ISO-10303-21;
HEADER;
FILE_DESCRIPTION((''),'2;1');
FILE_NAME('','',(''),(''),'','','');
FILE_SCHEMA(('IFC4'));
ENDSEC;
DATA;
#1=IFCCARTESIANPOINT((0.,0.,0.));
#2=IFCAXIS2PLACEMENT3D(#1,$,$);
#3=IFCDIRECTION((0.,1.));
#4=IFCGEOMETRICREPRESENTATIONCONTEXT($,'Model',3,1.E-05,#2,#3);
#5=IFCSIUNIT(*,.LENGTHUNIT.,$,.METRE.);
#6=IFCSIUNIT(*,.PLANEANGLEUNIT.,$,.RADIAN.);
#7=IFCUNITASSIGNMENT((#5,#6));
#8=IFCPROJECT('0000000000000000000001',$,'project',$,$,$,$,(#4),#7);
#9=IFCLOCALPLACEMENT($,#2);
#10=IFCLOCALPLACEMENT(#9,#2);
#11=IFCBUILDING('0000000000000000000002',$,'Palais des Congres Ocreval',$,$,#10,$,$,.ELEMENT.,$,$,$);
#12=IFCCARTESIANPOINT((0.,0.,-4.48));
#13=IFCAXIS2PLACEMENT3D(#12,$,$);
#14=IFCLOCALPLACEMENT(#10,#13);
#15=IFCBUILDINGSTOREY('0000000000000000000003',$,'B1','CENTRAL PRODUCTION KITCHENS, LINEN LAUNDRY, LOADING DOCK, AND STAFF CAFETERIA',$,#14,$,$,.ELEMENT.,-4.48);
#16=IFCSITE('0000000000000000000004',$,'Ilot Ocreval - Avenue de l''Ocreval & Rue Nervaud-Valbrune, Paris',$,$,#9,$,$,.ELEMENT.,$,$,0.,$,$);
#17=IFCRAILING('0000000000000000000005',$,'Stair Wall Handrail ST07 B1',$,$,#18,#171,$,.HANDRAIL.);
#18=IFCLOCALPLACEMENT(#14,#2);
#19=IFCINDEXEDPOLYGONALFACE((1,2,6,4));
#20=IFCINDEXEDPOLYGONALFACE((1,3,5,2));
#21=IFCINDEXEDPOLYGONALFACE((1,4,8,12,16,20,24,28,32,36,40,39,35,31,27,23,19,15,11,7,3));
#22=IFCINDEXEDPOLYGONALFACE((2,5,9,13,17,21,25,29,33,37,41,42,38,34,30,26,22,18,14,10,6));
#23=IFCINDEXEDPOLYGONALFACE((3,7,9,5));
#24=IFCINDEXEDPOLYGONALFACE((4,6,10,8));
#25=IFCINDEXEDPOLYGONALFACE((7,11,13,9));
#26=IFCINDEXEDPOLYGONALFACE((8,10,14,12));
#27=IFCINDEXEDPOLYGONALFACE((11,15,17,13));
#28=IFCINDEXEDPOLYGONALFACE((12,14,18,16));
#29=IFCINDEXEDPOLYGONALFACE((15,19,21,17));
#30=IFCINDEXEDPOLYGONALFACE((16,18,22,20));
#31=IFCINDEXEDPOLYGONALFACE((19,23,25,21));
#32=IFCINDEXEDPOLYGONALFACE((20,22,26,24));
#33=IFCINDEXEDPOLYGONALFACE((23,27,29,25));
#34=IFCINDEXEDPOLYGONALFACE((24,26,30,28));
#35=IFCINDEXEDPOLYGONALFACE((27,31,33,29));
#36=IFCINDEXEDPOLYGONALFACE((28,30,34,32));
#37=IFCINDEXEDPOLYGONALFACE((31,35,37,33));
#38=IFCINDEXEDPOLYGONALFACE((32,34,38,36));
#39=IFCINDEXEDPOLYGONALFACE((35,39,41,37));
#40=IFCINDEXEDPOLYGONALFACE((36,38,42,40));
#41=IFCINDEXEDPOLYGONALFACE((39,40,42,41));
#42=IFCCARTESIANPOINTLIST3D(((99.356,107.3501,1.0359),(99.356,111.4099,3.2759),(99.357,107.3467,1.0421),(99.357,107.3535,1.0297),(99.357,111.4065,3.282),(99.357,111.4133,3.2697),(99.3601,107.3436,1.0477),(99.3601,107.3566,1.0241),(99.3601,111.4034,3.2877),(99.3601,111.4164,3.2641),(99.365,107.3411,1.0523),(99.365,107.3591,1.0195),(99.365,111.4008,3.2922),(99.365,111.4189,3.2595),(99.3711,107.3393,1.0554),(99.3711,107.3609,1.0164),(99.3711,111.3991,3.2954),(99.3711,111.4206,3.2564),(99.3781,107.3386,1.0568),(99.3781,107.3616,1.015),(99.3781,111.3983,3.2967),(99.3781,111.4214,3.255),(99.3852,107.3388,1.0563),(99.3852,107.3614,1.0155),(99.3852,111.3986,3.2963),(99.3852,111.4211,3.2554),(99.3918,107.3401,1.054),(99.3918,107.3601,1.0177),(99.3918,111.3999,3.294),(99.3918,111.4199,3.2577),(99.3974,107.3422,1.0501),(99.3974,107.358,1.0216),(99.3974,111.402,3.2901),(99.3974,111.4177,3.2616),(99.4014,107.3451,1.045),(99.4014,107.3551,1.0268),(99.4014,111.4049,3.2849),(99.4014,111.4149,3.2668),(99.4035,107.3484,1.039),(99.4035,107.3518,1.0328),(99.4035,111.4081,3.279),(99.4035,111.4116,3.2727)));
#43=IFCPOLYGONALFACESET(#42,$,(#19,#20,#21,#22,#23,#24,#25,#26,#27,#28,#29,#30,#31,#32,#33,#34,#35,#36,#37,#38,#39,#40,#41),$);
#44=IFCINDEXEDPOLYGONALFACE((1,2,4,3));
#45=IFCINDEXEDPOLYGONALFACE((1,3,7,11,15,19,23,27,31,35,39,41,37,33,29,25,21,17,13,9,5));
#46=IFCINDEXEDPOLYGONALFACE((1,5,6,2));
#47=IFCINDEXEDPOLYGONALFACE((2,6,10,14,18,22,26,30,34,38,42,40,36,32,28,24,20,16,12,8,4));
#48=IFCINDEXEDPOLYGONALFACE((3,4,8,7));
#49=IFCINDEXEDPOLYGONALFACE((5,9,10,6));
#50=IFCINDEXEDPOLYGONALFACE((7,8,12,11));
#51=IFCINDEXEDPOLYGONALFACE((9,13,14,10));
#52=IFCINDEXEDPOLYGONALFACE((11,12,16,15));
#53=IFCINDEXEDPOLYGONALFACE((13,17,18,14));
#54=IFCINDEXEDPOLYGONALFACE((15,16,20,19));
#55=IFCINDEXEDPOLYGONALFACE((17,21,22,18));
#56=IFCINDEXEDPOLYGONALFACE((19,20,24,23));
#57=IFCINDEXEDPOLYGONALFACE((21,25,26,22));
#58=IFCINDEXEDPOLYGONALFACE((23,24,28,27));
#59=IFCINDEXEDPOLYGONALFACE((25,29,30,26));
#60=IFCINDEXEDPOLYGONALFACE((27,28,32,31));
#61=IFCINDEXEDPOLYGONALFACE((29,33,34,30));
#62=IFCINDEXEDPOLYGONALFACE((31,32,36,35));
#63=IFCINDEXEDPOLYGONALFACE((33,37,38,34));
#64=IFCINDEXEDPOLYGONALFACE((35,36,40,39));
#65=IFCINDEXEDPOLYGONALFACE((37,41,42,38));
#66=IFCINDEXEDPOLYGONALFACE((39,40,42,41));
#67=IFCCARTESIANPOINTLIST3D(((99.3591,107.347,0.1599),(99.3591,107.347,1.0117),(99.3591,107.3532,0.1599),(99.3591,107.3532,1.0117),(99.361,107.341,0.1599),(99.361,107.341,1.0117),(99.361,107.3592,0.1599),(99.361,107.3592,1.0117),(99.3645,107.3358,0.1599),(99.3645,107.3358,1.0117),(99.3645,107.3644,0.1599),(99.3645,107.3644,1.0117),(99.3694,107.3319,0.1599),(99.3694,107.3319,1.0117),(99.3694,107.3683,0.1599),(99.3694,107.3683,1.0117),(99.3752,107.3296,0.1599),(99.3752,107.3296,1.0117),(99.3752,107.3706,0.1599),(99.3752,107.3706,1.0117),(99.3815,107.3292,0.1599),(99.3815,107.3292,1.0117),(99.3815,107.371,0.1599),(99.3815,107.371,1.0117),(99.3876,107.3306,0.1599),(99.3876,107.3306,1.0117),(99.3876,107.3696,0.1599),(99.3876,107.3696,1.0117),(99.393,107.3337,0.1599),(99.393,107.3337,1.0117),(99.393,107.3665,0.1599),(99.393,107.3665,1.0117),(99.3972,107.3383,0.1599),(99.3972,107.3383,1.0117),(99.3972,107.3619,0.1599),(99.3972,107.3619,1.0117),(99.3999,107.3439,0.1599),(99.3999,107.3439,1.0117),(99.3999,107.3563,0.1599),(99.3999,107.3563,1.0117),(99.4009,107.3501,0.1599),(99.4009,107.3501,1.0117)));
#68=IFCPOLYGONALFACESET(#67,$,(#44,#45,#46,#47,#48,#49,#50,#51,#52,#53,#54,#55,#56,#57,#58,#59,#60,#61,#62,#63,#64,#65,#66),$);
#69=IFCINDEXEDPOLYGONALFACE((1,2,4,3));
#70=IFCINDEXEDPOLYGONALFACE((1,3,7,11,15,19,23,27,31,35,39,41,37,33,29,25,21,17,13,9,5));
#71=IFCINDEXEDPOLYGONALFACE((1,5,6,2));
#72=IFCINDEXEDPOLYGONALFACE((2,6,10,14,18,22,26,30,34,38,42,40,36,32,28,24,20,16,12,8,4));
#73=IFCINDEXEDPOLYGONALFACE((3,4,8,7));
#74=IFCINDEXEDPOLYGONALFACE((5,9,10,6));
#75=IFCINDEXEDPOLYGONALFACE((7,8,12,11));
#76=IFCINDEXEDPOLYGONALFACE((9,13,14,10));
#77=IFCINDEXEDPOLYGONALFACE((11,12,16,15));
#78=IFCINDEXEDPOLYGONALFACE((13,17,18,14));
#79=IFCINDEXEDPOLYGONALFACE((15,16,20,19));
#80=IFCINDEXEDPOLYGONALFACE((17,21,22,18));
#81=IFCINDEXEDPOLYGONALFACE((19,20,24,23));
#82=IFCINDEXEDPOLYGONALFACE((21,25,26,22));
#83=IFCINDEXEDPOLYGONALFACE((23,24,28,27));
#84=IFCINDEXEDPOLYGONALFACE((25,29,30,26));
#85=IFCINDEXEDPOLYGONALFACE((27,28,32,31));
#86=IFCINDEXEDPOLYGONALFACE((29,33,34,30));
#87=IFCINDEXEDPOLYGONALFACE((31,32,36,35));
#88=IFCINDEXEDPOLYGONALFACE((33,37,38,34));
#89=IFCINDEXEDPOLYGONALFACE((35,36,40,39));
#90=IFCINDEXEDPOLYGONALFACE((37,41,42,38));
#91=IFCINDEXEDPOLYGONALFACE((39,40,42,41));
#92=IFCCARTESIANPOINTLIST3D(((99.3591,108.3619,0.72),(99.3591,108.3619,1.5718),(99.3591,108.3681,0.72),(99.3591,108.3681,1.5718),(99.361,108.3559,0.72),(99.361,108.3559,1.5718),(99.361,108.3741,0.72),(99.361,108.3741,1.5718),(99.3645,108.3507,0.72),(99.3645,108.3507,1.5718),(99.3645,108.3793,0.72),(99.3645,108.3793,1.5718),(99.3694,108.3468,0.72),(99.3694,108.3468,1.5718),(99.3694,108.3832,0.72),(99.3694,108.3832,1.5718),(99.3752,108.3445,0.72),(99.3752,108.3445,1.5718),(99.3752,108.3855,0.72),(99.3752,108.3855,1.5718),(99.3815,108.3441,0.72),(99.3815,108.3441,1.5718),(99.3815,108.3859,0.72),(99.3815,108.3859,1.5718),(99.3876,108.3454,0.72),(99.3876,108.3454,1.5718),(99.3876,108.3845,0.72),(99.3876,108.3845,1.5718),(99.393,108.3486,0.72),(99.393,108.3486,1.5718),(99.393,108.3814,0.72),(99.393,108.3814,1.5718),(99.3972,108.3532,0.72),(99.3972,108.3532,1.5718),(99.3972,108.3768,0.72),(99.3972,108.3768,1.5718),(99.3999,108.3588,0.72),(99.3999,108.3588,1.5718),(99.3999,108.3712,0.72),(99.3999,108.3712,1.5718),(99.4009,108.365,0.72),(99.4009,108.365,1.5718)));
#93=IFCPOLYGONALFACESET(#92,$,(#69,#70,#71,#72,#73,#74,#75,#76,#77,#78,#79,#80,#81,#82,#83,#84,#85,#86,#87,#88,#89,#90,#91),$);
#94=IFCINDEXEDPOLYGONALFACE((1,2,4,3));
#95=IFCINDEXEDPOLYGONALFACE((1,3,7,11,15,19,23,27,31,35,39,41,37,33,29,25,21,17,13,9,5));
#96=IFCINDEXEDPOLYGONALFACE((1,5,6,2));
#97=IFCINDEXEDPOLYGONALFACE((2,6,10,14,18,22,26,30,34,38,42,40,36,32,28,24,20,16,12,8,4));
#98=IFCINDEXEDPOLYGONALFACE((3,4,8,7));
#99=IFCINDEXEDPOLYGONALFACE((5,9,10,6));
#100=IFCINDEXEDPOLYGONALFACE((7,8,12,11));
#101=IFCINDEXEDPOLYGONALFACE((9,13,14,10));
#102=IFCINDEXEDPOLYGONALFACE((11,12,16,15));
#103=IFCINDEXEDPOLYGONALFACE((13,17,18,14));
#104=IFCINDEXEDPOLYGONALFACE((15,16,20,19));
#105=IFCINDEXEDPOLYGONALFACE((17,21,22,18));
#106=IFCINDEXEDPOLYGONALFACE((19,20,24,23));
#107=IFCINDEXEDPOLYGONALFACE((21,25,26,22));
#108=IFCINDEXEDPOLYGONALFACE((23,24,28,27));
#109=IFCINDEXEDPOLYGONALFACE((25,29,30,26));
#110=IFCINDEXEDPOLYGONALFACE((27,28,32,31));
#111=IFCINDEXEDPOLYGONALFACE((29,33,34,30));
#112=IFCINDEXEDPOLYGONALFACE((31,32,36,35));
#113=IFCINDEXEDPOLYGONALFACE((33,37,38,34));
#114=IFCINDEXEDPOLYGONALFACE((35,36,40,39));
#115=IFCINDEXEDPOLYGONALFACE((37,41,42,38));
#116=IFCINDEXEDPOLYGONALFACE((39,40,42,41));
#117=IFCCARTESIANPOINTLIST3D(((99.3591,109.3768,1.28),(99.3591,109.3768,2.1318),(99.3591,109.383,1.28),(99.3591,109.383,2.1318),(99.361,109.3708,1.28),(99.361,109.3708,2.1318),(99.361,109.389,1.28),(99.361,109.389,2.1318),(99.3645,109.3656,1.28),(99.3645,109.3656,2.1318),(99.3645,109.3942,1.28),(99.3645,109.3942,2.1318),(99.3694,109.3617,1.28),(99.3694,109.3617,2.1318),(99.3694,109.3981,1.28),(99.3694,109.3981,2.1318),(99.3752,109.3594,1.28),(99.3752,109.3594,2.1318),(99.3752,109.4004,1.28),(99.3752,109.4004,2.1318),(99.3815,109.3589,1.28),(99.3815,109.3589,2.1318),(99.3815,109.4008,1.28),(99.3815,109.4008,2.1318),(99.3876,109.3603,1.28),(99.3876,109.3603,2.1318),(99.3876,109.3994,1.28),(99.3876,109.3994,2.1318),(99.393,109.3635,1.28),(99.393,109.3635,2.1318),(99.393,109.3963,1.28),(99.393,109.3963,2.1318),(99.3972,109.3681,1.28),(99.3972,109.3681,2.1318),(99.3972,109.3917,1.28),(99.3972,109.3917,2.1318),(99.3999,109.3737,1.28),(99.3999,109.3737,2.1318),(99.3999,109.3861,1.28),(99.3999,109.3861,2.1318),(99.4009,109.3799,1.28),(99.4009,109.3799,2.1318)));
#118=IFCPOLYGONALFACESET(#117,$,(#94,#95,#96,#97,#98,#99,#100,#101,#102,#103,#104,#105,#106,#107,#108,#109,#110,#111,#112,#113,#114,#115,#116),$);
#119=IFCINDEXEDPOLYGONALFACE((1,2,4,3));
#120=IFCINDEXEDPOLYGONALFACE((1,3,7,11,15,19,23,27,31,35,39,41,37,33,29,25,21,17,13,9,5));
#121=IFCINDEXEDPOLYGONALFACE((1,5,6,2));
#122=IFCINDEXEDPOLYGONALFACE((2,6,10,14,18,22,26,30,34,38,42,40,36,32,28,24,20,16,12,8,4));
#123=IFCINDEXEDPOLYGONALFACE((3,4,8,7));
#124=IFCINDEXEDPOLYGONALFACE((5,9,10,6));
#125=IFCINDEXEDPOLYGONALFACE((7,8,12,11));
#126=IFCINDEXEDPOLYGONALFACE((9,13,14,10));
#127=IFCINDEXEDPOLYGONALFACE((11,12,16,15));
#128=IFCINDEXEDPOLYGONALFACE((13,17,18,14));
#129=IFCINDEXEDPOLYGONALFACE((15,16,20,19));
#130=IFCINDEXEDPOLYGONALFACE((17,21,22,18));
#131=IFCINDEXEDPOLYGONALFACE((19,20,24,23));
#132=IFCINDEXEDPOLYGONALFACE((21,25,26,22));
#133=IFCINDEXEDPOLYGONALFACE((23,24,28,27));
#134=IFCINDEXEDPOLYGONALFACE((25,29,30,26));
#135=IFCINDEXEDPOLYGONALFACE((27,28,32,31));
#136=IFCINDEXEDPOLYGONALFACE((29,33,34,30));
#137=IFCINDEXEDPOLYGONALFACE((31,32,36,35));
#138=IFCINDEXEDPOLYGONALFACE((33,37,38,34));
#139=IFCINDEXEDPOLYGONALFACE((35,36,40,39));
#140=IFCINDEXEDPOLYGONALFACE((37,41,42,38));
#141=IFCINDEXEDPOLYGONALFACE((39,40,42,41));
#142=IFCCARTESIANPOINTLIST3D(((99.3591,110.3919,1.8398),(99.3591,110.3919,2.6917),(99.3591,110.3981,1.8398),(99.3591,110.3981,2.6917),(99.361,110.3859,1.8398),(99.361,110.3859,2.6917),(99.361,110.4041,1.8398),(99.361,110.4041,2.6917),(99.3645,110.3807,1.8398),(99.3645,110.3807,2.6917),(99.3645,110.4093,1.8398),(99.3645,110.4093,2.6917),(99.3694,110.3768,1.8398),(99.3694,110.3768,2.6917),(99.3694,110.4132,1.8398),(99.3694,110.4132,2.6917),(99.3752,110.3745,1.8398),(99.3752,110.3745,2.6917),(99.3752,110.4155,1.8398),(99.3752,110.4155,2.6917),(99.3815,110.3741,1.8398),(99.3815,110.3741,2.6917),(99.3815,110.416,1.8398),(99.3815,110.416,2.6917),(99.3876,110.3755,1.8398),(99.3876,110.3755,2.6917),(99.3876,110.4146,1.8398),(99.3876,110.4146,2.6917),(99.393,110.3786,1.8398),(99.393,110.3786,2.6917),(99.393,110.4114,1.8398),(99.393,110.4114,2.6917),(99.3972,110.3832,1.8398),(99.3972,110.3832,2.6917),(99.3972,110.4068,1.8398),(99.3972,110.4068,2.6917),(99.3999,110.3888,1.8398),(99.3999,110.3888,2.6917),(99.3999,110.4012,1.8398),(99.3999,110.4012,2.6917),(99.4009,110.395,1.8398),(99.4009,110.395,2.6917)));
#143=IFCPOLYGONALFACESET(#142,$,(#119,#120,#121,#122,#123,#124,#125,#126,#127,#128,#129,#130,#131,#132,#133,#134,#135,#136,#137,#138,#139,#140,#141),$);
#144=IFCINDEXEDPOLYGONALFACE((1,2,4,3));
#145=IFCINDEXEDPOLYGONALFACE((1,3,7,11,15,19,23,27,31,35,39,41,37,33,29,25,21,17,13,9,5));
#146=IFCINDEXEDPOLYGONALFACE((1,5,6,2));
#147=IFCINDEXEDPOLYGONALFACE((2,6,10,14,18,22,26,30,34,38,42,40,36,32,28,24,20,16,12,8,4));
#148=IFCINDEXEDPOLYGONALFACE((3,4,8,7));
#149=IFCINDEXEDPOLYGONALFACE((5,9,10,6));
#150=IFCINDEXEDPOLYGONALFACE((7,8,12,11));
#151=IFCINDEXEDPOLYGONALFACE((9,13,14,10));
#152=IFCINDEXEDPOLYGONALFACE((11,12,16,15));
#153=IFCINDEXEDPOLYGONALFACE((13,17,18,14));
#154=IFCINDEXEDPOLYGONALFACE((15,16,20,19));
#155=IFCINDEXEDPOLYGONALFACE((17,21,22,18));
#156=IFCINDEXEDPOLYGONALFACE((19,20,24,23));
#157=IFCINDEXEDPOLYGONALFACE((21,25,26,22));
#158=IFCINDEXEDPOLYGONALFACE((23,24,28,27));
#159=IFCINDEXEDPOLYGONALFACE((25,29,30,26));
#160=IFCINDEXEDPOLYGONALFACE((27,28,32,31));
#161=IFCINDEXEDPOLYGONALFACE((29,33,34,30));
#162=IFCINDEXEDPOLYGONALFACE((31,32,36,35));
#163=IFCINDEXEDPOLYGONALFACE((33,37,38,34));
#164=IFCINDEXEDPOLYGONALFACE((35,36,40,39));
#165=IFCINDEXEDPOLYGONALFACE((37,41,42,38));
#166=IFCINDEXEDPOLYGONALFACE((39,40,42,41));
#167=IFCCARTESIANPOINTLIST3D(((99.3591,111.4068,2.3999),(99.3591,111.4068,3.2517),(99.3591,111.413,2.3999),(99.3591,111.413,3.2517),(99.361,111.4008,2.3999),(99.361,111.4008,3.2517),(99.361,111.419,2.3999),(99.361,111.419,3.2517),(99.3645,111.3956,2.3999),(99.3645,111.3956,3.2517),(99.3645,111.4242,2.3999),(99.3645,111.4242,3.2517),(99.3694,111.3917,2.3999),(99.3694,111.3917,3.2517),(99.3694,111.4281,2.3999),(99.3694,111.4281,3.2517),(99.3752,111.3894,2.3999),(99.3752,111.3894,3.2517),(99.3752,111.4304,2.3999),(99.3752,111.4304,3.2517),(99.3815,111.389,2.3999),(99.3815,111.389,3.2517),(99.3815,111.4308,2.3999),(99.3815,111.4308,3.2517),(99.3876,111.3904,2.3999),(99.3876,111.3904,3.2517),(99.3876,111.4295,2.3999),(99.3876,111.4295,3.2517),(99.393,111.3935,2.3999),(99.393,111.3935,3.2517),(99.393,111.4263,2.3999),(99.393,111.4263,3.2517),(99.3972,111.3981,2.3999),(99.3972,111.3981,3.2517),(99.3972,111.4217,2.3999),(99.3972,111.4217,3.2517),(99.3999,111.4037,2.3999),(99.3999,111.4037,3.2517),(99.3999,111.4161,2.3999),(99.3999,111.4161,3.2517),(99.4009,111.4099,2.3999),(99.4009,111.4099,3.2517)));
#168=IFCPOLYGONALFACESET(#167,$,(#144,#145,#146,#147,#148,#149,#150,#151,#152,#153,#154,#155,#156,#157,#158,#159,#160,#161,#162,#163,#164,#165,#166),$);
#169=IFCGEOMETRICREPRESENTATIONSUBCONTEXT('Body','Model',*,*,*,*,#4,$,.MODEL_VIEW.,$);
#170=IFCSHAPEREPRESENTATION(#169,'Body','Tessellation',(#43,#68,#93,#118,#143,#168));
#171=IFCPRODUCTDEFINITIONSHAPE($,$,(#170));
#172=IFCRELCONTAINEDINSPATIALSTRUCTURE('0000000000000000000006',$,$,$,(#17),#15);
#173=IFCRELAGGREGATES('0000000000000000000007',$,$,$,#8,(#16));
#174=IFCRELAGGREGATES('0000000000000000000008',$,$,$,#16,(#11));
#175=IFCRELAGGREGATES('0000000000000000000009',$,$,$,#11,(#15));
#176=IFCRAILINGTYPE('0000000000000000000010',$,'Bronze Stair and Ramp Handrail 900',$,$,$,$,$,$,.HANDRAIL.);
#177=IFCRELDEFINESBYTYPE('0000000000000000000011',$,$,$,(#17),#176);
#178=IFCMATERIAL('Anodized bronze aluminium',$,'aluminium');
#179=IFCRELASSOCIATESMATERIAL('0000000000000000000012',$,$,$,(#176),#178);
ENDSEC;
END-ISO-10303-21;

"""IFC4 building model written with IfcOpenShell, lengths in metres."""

from ifc_helpers import new_model, si_unit, direction, frame, origin, origin_2d, place, context, subcontext, project, spatial, circle, extrude, material, type_object, element, save


model = new_model("IFC4")

# Units and contexts
model_context = context("Model", 3, precision=1e-05, world=origin(), true_north=direction((0.0, 1.0)))
body_context = subcontext(model_context, "Body", "Model", "MODEL_VIEW")
ifc_project = project(units=[si_unit("LENGTHUNIT", "METRE"), si_unit("PLANEANGLEUNIT", "RADIAN")], contexts=[model_context])

# Site, building, storey
site_placement = place(None, origin())
site = spatial("IfcSite", under=ifc_project, at=site_placement, Name="Ilot Ocreval - Avenue de l'Ocreval & Rue Nervaud-Valbrune, Paris", CompositionType="ELEMENT", RefElevation=0.0)
building_placement = place(site_placement, origin())
building = spatial("IfcBuilding", under=site, at=building_placement, Name="Palais des Congres Ocreval", CompositionType="ELEMENT")
storey_placement = place(building_placement, frame((0.0, 0.0, -4.48)))
storey = spatial("IfcBuildingStorey", under=building, at=storey_placement, Name="B1", Description="CENTRAL PRODUCTION KITCHENS, LINEN LAUNDRY, LOADING DOCK, AND STAFF CAFETERIA", CompositionType="ELEMENT", Elevation=-4.48)

# Railing
ifc_material_1 = material(Name="Anodized bronze aluminium", Category="aluminium")
railing_type_1 = type_object("IfcRailingType", Name="Bronze Stair and Ramp Handrail 900", PredefinedType="HANDRAIL", material=ifc_material_1)
railing_1_placement = place(storey_placement, frame((99.3799, 107.3501, 0.1599)))
element("IfcRailing", 1, at=railing_1_placement, inside=storey, type_object=railing_type_1, Name="Stair Wall Handrail ST07 B1", PredefinedType="HANDRAIL", context=body_context, shape_type="SweptSolid", body=[
    extrude(circle(Radius=0.0239, at=origin_2d()), frame((0.0, 0.0, 0.876), z_axis=(0.0, 0.875569, 0.483093), x_axis=(-1.0, 0.0, 0.0)), (0.0, 0.0, 1.0), 4.6367),
    extrude(circle(Radius=0.021, at=origin_2d()), origin(), (0.0, 0.0, 1.0), 0.8518),
    extrude(circle(Radius=0.021, at=origin_2d()), frame((0.0, 1.0149, 0.5601)), (0.0, 0.0, 1.0), 0.8518),
    extrude(circle(Radius=0.021, at=origin_2d()), frame((0.0, 2.0298, 1.1201)), (0.0, 0.0, 1.0), 0.8518),
    extrude(circle(Radius=0.021, at=origin_2d()), frame((0.0, 3.0449, 1.6799)), (0.0, 0.0, 1.0), 0.8518),
    extrude(circle(Radius=0.021, at=origin_2d()), frame((0.0, 4.0598, 2.24)), (0.0, 0.0, 1.0), 0.8518),
])

save(model, "model.ifc")
